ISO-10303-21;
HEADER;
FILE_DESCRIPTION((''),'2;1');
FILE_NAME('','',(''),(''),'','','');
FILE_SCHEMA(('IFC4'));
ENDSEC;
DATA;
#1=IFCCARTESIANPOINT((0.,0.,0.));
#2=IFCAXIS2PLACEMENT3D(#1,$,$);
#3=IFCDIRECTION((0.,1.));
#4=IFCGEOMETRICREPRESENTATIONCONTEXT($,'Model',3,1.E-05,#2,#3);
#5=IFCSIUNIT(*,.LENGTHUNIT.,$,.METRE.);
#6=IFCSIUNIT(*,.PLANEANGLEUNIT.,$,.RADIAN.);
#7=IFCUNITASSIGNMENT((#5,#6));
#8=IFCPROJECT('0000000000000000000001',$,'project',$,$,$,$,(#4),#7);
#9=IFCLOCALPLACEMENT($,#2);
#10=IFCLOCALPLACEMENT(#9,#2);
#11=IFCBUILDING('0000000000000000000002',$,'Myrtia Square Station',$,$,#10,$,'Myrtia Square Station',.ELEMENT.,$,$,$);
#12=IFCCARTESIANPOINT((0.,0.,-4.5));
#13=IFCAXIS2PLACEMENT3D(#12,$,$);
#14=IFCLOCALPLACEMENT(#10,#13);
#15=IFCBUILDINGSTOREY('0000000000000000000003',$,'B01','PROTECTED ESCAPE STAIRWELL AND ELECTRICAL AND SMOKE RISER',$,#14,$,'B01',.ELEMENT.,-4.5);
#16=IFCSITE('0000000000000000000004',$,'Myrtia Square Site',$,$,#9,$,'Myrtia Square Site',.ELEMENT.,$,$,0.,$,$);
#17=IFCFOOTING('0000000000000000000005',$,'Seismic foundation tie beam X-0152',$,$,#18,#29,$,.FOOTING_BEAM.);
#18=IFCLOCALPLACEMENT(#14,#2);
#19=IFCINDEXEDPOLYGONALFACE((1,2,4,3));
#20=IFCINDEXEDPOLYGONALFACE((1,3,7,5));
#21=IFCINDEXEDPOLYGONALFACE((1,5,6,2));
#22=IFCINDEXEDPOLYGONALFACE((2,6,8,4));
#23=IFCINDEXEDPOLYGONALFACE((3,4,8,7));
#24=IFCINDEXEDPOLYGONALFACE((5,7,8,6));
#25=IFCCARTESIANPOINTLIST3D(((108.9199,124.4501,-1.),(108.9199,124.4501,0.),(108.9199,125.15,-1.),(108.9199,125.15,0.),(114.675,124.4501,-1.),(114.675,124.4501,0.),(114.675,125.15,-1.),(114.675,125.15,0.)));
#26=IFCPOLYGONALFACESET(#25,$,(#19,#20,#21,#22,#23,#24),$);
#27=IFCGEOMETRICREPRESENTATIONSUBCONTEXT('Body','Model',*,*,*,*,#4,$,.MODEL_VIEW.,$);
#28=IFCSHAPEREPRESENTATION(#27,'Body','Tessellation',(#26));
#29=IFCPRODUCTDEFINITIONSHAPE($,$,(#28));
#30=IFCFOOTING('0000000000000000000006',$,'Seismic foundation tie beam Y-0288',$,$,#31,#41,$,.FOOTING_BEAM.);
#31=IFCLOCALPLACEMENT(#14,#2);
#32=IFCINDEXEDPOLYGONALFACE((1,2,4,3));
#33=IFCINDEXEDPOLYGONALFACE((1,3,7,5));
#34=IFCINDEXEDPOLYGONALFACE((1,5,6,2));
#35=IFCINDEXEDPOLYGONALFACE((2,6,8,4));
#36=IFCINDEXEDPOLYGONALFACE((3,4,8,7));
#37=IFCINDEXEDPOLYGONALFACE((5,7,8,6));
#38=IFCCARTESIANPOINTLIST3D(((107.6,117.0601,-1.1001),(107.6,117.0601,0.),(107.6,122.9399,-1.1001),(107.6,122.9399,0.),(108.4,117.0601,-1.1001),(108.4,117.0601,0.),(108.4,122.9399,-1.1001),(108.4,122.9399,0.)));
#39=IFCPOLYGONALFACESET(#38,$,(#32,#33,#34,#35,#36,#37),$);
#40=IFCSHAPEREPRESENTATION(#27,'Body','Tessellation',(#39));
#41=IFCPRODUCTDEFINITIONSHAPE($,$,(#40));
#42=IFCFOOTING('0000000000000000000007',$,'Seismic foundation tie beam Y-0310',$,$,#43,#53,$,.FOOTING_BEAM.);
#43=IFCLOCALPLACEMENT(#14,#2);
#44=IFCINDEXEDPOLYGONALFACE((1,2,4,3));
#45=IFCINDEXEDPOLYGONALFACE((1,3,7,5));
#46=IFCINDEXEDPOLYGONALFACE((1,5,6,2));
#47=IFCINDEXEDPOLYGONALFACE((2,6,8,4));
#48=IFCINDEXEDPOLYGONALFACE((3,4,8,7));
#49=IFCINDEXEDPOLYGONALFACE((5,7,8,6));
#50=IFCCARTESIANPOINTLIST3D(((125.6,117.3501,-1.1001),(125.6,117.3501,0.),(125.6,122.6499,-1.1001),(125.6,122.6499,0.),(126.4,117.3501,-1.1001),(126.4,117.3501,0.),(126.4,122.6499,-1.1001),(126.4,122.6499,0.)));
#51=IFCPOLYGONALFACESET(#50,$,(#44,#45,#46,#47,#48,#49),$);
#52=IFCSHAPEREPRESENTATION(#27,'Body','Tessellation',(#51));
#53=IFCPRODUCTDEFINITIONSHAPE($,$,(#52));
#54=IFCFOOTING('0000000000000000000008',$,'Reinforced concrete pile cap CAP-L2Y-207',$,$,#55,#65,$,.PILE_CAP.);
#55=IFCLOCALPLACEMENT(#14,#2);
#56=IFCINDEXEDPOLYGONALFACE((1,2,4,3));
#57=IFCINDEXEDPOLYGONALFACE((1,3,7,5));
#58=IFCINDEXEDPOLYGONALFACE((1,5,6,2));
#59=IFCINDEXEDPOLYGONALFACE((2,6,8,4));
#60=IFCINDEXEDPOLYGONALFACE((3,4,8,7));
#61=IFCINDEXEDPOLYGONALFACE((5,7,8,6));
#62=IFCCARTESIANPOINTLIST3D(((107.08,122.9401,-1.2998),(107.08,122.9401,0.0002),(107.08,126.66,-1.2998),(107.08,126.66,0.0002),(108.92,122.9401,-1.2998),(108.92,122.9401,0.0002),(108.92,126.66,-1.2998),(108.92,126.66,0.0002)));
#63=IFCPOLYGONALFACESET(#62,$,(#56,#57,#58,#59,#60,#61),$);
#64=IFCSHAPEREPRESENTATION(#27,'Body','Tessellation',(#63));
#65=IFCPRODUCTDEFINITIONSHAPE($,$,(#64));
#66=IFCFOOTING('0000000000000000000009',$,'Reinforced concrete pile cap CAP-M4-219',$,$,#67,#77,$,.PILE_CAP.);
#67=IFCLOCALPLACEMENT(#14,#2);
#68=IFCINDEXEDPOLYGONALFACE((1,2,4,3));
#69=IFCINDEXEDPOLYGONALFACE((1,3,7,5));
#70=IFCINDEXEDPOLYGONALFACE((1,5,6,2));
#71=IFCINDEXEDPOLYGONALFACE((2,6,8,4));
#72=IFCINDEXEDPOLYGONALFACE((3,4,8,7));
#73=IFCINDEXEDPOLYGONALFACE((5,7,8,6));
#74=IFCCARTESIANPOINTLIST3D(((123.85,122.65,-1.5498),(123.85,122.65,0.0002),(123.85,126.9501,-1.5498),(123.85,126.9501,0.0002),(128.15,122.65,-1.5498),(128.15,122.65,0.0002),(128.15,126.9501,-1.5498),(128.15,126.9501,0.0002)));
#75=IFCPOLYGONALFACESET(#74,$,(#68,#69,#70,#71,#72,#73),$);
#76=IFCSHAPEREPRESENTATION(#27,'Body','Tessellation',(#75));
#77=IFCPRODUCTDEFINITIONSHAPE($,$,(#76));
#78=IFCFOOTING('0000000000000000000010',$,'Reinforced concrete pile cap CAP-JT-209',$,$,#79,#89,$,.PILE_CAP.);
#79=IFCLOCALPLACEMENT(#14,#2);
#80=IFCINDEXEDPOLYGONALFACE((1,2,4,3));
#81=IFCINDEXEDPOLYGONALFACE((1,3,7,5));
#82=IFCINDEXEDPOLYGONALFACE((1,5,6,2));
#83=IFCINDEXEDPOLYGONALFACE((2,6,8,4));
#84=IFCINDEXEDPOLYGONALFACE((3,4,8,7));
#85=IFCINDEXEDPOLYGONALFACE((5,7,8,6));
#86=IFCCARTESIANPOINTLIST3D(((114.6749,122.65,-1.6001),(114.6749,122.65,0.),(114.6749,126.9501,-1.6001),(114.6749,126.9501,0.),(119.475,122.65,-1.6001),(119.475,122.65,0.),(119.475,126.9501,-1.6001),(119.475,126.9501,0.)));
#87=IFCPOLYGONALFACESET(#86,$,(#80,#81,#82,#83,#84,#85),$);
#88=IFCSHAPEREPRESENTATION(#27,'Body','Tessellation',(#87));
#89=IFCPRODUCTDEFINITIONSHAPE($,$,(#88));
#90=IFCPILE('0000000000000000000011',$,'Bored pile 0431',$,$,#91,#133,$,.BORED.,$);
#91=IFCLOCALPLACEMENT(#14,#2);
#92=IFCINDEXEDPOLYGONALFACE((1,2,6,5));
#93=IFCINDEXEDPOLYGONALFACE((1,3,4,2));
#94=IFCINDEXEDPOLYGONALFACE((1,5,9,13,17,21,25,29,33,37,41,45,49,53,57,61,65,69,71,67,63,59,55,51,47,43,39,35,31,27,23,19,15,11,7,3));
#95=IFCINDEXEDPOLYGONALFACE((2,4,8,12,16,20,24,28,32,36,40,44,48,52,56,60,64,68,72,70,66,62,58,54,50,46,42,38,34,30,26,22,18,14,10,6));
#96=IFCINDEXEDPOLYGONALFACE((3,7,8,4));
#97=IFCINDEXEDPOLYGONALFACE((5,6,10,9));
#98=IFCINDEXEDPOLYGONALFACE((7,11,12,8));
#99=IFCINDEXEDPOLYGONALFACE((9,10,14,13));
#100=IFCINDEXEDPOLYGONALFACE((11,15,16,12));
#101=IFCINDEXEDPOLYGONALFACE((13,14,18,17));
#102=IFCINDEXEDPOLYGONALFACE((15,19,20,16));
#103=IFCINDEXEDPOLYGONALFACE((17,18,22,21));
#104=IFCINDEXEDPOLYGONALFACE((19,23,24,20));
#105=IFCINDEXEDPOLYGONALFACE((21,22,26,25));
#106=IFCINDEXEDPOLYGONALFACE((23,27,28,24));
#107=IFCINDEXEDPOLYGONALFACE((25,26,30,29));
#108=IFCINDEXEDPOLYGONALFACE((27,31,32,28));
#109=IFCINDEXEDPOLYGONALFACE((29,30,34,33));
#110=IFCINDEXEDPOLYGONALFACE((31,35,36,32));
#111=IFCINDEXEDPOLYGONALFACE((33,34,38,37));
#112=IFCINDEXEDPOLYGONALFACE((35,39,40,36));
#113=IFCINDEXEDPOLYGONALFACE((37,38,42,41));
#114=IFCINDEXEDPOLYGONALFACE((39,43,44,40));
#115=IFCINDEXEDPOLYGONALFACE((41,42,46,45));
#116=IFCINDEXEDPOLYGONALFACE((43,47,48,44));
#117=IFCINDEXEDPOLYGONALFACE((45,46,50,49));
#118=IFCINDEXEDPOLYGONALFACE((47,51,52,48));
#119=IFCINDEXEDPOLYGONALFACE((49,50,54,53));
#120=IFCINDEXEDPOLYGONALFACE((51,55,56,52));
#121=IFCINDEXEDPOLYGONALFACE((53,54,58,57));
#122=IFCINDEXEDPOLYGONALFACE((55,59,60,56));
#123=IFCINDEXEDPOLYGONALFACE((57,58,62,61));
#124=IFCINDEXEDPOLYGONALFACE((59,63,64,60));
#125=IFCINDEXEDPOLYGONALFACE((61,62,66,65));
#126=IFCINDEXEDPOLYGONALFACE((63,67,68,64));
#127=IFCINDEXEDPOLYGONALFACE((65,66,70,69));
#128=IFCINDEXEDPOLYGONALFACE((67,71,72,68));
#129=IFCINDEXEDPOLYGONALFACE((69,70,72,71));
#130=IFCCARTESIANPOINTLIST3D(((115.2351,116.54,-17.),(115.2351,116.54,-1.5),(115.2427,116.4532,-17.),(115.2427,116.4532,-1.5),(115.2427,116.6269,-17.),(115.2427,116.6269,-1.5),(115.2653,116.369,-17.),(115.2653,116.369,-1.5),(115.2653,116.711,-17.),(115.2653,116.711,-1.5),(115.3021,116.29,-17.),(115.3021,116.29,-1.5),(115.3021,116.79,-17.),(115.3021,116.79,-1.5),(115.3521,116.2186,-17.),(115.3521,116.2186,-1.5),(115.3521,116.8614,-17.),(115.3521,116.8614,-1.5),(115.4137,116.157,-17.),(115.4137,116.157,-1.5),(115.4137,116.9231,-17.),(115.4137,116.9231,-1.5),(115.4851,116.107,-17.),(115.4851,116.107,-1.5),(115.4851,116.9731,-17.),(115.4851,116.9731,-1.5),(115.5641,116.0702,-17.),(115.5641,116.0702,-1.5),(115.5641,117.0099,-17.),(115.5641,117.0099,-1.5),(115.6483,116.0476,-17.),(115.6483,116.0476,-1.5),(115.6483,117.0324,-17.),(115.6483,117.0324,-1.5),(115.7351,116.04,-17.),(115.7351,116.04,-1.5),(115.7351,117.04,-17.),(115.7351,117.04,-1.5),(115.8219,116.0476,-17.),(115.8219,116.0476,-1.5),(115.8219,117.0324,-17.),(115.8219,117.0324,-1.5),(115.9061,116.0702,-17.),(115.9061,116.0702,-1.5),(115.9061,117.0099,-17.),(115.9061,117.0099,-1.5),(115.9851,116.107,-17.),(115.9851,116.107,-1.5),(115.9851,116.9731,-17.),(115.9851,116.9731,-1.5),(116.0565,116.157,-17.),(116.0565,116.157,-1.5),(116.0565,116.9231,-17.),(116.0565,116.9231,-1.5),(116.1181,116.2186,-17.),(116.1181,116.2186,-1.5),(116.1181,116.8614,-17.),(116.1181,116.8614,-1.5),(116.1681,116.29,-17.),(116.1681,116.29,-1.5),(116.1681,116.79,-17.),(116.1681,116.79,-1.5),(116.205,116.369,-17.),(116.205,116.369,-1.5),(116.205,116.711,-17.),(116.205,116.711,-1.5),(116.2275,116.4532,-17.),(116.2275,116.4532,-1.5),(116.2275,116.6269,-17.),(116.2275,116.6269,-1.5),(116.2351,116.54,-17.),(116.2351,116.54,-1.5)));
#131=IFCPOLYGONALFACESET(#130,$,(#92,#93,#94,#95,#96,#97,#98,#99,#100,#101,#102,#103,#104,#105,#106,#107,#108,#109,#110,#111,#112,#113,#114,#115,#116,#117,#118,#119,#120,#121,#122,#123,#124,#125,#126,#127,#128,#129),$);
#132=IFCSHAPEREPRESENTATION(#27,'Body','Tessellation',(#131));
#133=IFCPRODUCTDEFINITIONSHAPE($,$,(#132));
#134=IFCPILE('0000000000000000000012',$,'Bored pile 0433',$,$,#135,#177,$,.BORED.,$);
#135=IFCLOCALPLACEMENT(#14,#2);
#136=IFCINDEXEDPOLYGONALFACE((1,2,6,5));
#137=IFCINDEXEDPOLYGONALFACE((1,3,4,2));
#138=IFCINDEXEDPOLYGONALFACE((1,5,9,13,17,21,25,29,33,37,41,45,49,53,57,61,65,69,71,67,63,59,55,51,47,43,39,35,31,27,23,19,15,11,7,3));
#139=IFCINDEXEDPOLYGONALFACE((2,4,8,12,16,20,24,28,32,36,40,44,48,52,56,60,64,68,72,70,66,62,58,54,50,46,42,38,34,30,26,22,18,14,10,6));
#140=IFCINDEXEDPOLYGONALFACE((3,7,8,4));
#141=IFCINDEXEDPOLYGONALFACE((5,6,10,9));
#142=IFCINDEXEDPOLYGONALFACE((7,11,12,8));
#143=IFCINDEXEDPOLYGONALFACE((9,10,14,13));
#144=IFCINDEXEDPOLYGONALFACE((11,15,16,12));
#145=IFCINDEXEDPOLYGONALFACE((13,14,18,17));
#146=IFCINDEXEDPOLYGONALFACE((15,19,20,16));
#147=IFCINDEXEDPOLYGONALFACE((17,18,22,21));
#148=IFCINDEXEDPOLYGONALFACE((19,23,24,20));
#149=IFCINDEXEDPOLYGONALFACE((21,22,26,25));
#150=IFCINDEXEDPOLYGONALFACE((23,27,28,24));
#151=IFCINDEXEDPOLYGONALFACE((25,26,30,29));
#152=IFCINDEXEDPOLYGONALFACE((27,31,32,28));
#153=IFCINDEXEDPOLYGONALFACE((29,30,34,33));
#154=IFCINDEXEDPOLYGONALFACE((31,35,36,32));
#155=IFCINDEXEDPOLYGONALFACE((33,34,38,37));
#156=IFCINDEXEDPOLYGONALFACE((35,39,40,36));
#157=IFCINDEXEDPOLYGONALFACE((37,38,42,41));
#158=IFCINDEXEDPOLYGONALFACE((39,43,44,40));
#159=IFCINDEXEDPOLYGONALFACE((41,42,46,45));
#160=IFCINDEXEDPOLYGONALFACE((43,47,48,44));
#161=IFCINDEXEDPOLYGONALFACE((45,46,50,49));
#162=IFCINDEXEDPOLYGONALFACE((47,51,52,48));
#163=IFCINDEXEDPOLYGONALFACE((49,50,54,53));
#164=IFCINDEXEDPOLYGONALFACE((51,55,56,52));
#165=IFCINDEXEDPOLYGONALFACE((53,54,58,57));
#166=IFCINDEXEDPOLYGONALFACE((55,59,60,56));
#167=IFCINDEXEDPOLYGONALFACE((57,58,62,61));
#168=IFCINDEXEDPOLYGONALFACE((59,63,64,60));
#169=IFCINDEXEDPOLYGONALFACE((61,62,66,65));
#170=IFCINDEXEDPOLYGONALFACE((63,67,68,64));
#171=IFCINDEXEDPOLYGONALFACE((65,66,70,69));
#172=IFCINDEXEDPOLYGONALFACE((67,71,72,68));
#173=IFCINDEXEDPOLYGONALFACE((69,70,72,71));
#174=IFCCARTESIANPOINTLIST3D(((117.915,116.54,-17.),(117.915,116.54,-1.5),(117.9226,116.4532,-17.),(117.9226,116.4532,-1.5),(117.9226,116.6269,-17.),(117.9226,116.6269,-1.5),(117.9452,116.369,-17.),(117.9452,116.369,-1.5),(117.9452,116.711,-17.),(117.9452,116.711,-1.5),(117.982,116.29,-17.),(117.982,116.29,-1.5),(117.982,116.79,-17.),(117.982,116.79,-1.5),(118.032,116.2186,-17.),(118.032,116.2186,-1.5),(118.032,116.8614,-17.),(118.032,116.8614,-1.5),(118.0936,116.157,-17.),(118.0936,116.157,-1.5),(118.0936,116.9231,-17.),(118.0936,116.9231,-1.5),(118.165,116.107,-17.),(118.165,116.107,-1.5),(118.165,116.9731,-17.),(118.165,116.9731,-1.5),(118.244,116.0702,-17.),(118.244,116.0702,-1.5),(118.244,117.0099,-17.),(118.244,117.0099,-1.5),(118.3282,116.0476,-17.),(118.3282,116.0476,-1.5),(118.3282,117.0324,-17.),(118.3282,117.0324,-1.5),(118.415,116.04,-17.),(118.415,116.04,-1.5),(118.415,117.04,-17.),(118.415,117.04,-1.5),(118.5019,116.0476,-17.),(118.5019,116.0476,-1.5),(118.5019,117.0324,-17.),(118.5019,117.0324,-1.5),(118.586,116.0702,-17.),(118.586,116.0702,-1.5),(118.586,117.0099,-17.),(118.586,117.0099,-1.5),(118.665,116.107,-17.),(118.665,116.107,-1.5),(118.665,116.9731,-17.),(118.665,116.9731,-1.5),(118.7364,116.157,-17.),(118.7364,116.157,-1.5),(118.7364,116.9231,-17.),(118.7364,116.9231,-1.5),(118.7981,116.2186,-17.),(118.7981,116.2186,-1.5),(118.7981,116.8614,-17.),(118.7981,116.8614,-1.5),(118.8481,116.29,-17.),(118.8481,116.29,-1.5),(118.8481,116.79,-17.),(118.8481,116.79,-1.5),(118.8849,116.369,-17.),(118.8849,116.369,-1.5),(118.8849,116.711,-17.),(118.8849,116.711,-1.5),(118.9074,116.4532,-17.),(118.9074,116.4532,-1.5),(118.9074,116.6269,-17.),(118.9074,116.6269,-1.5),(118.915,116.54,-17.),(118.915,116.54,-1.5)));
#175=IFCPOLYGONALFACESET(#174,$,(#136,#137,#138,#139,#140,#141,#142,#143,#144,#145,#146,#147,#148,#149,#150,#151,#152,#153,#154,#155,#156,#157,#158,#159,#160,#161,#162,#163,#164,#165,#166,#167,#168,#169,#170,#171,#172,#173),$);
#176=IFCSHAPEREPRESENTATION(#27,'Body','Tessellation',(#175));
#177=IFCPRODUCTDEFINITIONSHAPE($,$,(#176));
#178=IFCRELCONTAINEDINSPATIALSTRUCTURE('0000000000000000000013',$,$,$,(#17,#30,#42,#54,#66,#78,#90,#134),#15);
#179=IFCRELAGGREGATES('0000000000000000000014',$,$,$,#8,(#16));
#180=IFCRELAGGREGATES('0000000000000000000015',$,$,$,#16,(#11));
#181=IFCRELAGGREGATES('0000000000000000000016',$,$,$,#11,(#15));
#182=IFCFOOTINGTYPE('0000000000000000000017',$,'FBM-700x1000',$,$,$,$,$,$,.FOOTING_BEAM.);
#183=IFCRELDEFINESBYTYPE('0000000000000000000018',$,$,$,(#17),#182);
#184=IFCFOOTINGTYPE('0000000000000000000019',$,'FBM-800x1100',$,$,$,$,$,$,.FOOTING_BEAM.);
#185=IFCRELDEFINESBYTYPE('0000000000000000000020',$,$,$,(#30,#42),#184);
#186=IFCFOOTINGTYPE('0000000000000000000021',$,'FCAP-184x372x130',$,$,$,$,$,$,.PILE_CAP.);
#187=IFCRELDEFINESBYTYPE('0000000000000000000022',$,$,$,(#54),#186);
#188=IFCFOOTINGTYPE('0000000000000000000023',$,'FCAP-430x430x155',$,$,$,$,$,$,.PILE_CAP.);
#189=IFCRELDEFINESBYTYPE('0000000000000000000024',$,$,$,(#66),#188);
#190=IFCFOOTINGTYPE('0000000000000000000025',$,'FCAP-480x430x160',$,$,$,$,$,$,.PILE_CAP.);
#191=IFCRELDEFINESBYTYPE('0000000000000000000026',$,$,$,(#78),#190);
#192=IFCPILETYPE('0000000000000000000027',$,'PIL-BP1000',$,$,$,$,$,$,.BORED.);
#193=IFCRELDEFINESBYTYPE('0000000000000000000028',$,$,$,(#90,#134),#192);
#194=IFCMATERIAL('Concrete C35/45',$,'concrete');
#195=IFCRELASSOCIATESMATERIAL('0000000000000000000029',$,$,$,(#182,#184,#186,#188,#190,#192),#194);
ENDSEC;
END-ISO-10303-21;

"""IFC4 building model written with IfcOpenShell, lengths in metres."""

from ifc_helpers import new_model, si_unit, direction, frame, origin, origin_2d, place, context, subcontext, project, spatial, rectangle, circle, extrude, material, material_profile, profile_set, type_object, element, save


model = new_model("IFC4")

# Units and contexts
model_context = context("Model", 3, precision=1e-05, world=origin(), true_north=direction((0.0, 1.0)))
body_context = subcontext(model_context, "Body", "Model", "MODEL_VIEW")
ifc_project = project(units=[si_unit("LENGTHUNIT", "METRE"), si_unit("PLANEANGLEUNIT", "RADIAN")], contexts=[model_context])

# Site, building, storey
site_placement = place(None, origin())
site = spatial("IfcSite", under=ifc_project, at=site_placement, Name="Myrtia Square Site", LongName="Myrtia Square Site", CompositionType="ELEMENT", RefElevation=0.0)
building_placement = place(site_placement, origin())
building = spatial("IfcBuilding", under=site, at=building_placement, Name="Myrtia Square Station", LongName="Myrtia Square Station", CompositionType="ELEMENT")
storey_placement = place(building_placement, frame((0.0, 0.0, -4.5)))
storey = spatial("IfcBuildingStorey", under=building, at=storey_placement, Name="B01", Description="PROTECTED ESCAPE STAIRWELL AND ELECTRICAL AND SMOKE RISER", LongName="B01", CompositionType="ELEMENT", Elevation=-4.5)

# Footings
ifc_material_1 = material(Name="Concrete C35/45", Category="concrete")
ifc_material_profile_1 = material_profile(ifc_material_1, rectangle(XDim=0.7, YDim=1.0, at=origin_2d()), Name="FB 700x1000")
ifc_profile_set_1 = profile_set([ifc_material_profile_1], Name="Concrete C35/45")
footing_type_1 = type_object("IfcFootingType", Name="FBM-700x1000", PredefinedType="FOOTING_BEAM", material=ifc_profile_set_1)
footing_1_placement = place(storey_placement, frame((108.9199, 124.8, -0.5), z_axis=(1.0, 0.0, 0.0), x_axis=(0.0, 1.0, 0.0)))
element("IfcFooting", 1, at=footing_1_placement, inside=storey, type_object=footing_type_1, Name="Seismic foundation tie beam X-0152", PredefinedType="FOOTING_BEAM", context=body_context, shape_type="SweptSolid", body=[
    extrude(rectangle(XDim=0.7, YDim=1.0, at=origin_2d()), origin(), (0.0, 0.0, 1.0), 5.7551),
])
ifc_material_profile_2 = material_profile(ifc_material_1, rectangle(XDim=0.8, YDim=1.1001, at=origin_2d()), Name="FB 800x1100")
ifc_profile_set_2 = profile_set([ifc_material_profile_2], Name="Concrete C35/45")
footing_type_2 = type_object("IfcFootingType", Name="FBM-800x1100", PredefinedType="FOOTING_BEAM", material=ifc_profile_set_2)
footing_2_placement = place(storey_placement, frame((108.0, 117.0601, -0.55), z_axis=(0.0, 1.0, 0.0), x_axis=(-1.0, 0.0, 0.0)))
element("IfcFooting", 2, at=footing_2_placement, inside=storey, type_object=footing_type_2, Name="Seismic foundation tie beam Y-0288", PredefinedType="FOOTING_BEAM", context=body_context, shape_type="SweptSolid", body=[
    extrude(rectangle(XDim=0.8, YDim=1.1001, at=origin_2d()), origin(), (0.0, 0.0, 1.0), 5.8799),
])
footing_3_placement = place(storey_placement, frame((126.0, 117.3501, -0.55), z_axis=(0.0, 1.0, 0.0), x_axis=(-1.0, 0.0, 0.0)))
element("IfcFooting", 3, at=footing_3_placement, inside=storey, type_object=footing_type_2, Name="Seismic foundation tie beam Y-0310", PredefinedType="FOOTING_BEAM", context=body_context, shape_type="SweptSolid", body=[
    extrude(rectangle(XDim=0.8, YDim=1.1001, at=origin_2d()), origin(), (0.0, 0.0, 1.0), 5.2998),
])
footing_type_3 = type_object("IfcFootingType", Name="FCAP-184x372x130", PredefinedType="PILE_CAP", material=ifc_material_1)
footing_4_placement = place(storey_placement, frame((108.0, 124.8, -1.2998), z_axis=(0.0, 0.0, 1.0), x_axis=(1.0, 0.0, 0.0)))
element("IfcFooting", 4, at=footing_4_placement, inside=storey, type_object=footing_type_3, Name="Reinforced concrete pile cap CAP-L2Y-207", PredefinedType="PILE_CAP", context=body_context, shape_type="SweptSolid", body=[
    extrude(rectangle(XDim=1.8401, YDim=3.72, at=origin_2d()), origin(), (0.0, 0.0, 1.0), 1.3),
])
footing_type_4 = type_object("IfcFootingType", Name="FCAP-430x430x155", PredefinedType="PILE_CAP", material=ifc_material_1)
footing_5_placement = place(storey_placement, frame((126.0, 124.8, -1.5498), z_axis=(0.0, 0.0, 1.0), x_axis=(1.0, 0.0, 0.0)))
element("IfcFooting", 5, at=footing_5_placement, inside=storey, type_object=footing_type_4, Name="Reinforced concrete pile cap CAP-M4-219", PredefinedType="PILE_CAP", context=body_context, shape_type="SweptSolid", body=[
    extrude(rectangle(XDim=4.3, YDim=4.3, at=origin_2d()), origin(), (0.0, 0.0, 1.0), 1.55),
])
footing_type_5 = type_object("IfcFootingType", Name="FCAP-480x430x160", PredefinedType="PILE_CAP", material=ifc_material_1)
footing_6_placement = place(storey_placement, frame((117.075, 124.8, -1.6001), z_axis=(0.0, 0.0, 1.0), x_axis=(1.0, 0.0, 0.0)))
element("IfcFooting", 6, at=footing_6_placement, inside=storey, type_object=footing_type_5, Name="Reinforced concrete pile cap CAP-JT-209", PredefinedType="PILE_CAP", context=body_context, shape_type="SweptSolid", body=[
    extrude(rectangle(XDim=4.8, YDim=4.3, at=origin_2d()), origin(), (0.0, 0.0, 1.0), 1.6001),
])

# Piles
ifc_material_profile_3 = material_profile(ifc_material_1, circle(Radius=0.5, at=origin_2d()), Name="BP D1000")
ifc_profile_set_3 = profile_set([ifc_material_profile_3], Name="Concrete C35/45")
pile_type_1 = type_object("IfcPileType", Name="PIL-BP1000", PredefinedType="BORED", material=ifc_profile_set_3)
for number, where, z_axis, x_axis, name in (
    (7, (115.7351, 116.54, -1.5), (0.0, 0.0, -1.0), (1.0, 0.0, 0.0), "Bored pile 0431"),
    (8, (118.415, 116.54, -1.5), (0.0, 0.0, -1.0), (1.0, 0.0, 0.0), "Bored pile 0433"),
):
    element("IfcPile", number, at=place(storey_placement, frame(where, z_axis=z_axis, x_axis=x_axis)), inside=storey, type_object=pile_type_1, Name=name, PredefinedType="BORED", context=body_context, shape_type="SweptSolid", body=[
        extrude(circle(Radius=0.5, at=origin_2d()), origin(), (0.0, 0.0, 1.0), 15.5),
    ])

save(model, "model.ifc")
